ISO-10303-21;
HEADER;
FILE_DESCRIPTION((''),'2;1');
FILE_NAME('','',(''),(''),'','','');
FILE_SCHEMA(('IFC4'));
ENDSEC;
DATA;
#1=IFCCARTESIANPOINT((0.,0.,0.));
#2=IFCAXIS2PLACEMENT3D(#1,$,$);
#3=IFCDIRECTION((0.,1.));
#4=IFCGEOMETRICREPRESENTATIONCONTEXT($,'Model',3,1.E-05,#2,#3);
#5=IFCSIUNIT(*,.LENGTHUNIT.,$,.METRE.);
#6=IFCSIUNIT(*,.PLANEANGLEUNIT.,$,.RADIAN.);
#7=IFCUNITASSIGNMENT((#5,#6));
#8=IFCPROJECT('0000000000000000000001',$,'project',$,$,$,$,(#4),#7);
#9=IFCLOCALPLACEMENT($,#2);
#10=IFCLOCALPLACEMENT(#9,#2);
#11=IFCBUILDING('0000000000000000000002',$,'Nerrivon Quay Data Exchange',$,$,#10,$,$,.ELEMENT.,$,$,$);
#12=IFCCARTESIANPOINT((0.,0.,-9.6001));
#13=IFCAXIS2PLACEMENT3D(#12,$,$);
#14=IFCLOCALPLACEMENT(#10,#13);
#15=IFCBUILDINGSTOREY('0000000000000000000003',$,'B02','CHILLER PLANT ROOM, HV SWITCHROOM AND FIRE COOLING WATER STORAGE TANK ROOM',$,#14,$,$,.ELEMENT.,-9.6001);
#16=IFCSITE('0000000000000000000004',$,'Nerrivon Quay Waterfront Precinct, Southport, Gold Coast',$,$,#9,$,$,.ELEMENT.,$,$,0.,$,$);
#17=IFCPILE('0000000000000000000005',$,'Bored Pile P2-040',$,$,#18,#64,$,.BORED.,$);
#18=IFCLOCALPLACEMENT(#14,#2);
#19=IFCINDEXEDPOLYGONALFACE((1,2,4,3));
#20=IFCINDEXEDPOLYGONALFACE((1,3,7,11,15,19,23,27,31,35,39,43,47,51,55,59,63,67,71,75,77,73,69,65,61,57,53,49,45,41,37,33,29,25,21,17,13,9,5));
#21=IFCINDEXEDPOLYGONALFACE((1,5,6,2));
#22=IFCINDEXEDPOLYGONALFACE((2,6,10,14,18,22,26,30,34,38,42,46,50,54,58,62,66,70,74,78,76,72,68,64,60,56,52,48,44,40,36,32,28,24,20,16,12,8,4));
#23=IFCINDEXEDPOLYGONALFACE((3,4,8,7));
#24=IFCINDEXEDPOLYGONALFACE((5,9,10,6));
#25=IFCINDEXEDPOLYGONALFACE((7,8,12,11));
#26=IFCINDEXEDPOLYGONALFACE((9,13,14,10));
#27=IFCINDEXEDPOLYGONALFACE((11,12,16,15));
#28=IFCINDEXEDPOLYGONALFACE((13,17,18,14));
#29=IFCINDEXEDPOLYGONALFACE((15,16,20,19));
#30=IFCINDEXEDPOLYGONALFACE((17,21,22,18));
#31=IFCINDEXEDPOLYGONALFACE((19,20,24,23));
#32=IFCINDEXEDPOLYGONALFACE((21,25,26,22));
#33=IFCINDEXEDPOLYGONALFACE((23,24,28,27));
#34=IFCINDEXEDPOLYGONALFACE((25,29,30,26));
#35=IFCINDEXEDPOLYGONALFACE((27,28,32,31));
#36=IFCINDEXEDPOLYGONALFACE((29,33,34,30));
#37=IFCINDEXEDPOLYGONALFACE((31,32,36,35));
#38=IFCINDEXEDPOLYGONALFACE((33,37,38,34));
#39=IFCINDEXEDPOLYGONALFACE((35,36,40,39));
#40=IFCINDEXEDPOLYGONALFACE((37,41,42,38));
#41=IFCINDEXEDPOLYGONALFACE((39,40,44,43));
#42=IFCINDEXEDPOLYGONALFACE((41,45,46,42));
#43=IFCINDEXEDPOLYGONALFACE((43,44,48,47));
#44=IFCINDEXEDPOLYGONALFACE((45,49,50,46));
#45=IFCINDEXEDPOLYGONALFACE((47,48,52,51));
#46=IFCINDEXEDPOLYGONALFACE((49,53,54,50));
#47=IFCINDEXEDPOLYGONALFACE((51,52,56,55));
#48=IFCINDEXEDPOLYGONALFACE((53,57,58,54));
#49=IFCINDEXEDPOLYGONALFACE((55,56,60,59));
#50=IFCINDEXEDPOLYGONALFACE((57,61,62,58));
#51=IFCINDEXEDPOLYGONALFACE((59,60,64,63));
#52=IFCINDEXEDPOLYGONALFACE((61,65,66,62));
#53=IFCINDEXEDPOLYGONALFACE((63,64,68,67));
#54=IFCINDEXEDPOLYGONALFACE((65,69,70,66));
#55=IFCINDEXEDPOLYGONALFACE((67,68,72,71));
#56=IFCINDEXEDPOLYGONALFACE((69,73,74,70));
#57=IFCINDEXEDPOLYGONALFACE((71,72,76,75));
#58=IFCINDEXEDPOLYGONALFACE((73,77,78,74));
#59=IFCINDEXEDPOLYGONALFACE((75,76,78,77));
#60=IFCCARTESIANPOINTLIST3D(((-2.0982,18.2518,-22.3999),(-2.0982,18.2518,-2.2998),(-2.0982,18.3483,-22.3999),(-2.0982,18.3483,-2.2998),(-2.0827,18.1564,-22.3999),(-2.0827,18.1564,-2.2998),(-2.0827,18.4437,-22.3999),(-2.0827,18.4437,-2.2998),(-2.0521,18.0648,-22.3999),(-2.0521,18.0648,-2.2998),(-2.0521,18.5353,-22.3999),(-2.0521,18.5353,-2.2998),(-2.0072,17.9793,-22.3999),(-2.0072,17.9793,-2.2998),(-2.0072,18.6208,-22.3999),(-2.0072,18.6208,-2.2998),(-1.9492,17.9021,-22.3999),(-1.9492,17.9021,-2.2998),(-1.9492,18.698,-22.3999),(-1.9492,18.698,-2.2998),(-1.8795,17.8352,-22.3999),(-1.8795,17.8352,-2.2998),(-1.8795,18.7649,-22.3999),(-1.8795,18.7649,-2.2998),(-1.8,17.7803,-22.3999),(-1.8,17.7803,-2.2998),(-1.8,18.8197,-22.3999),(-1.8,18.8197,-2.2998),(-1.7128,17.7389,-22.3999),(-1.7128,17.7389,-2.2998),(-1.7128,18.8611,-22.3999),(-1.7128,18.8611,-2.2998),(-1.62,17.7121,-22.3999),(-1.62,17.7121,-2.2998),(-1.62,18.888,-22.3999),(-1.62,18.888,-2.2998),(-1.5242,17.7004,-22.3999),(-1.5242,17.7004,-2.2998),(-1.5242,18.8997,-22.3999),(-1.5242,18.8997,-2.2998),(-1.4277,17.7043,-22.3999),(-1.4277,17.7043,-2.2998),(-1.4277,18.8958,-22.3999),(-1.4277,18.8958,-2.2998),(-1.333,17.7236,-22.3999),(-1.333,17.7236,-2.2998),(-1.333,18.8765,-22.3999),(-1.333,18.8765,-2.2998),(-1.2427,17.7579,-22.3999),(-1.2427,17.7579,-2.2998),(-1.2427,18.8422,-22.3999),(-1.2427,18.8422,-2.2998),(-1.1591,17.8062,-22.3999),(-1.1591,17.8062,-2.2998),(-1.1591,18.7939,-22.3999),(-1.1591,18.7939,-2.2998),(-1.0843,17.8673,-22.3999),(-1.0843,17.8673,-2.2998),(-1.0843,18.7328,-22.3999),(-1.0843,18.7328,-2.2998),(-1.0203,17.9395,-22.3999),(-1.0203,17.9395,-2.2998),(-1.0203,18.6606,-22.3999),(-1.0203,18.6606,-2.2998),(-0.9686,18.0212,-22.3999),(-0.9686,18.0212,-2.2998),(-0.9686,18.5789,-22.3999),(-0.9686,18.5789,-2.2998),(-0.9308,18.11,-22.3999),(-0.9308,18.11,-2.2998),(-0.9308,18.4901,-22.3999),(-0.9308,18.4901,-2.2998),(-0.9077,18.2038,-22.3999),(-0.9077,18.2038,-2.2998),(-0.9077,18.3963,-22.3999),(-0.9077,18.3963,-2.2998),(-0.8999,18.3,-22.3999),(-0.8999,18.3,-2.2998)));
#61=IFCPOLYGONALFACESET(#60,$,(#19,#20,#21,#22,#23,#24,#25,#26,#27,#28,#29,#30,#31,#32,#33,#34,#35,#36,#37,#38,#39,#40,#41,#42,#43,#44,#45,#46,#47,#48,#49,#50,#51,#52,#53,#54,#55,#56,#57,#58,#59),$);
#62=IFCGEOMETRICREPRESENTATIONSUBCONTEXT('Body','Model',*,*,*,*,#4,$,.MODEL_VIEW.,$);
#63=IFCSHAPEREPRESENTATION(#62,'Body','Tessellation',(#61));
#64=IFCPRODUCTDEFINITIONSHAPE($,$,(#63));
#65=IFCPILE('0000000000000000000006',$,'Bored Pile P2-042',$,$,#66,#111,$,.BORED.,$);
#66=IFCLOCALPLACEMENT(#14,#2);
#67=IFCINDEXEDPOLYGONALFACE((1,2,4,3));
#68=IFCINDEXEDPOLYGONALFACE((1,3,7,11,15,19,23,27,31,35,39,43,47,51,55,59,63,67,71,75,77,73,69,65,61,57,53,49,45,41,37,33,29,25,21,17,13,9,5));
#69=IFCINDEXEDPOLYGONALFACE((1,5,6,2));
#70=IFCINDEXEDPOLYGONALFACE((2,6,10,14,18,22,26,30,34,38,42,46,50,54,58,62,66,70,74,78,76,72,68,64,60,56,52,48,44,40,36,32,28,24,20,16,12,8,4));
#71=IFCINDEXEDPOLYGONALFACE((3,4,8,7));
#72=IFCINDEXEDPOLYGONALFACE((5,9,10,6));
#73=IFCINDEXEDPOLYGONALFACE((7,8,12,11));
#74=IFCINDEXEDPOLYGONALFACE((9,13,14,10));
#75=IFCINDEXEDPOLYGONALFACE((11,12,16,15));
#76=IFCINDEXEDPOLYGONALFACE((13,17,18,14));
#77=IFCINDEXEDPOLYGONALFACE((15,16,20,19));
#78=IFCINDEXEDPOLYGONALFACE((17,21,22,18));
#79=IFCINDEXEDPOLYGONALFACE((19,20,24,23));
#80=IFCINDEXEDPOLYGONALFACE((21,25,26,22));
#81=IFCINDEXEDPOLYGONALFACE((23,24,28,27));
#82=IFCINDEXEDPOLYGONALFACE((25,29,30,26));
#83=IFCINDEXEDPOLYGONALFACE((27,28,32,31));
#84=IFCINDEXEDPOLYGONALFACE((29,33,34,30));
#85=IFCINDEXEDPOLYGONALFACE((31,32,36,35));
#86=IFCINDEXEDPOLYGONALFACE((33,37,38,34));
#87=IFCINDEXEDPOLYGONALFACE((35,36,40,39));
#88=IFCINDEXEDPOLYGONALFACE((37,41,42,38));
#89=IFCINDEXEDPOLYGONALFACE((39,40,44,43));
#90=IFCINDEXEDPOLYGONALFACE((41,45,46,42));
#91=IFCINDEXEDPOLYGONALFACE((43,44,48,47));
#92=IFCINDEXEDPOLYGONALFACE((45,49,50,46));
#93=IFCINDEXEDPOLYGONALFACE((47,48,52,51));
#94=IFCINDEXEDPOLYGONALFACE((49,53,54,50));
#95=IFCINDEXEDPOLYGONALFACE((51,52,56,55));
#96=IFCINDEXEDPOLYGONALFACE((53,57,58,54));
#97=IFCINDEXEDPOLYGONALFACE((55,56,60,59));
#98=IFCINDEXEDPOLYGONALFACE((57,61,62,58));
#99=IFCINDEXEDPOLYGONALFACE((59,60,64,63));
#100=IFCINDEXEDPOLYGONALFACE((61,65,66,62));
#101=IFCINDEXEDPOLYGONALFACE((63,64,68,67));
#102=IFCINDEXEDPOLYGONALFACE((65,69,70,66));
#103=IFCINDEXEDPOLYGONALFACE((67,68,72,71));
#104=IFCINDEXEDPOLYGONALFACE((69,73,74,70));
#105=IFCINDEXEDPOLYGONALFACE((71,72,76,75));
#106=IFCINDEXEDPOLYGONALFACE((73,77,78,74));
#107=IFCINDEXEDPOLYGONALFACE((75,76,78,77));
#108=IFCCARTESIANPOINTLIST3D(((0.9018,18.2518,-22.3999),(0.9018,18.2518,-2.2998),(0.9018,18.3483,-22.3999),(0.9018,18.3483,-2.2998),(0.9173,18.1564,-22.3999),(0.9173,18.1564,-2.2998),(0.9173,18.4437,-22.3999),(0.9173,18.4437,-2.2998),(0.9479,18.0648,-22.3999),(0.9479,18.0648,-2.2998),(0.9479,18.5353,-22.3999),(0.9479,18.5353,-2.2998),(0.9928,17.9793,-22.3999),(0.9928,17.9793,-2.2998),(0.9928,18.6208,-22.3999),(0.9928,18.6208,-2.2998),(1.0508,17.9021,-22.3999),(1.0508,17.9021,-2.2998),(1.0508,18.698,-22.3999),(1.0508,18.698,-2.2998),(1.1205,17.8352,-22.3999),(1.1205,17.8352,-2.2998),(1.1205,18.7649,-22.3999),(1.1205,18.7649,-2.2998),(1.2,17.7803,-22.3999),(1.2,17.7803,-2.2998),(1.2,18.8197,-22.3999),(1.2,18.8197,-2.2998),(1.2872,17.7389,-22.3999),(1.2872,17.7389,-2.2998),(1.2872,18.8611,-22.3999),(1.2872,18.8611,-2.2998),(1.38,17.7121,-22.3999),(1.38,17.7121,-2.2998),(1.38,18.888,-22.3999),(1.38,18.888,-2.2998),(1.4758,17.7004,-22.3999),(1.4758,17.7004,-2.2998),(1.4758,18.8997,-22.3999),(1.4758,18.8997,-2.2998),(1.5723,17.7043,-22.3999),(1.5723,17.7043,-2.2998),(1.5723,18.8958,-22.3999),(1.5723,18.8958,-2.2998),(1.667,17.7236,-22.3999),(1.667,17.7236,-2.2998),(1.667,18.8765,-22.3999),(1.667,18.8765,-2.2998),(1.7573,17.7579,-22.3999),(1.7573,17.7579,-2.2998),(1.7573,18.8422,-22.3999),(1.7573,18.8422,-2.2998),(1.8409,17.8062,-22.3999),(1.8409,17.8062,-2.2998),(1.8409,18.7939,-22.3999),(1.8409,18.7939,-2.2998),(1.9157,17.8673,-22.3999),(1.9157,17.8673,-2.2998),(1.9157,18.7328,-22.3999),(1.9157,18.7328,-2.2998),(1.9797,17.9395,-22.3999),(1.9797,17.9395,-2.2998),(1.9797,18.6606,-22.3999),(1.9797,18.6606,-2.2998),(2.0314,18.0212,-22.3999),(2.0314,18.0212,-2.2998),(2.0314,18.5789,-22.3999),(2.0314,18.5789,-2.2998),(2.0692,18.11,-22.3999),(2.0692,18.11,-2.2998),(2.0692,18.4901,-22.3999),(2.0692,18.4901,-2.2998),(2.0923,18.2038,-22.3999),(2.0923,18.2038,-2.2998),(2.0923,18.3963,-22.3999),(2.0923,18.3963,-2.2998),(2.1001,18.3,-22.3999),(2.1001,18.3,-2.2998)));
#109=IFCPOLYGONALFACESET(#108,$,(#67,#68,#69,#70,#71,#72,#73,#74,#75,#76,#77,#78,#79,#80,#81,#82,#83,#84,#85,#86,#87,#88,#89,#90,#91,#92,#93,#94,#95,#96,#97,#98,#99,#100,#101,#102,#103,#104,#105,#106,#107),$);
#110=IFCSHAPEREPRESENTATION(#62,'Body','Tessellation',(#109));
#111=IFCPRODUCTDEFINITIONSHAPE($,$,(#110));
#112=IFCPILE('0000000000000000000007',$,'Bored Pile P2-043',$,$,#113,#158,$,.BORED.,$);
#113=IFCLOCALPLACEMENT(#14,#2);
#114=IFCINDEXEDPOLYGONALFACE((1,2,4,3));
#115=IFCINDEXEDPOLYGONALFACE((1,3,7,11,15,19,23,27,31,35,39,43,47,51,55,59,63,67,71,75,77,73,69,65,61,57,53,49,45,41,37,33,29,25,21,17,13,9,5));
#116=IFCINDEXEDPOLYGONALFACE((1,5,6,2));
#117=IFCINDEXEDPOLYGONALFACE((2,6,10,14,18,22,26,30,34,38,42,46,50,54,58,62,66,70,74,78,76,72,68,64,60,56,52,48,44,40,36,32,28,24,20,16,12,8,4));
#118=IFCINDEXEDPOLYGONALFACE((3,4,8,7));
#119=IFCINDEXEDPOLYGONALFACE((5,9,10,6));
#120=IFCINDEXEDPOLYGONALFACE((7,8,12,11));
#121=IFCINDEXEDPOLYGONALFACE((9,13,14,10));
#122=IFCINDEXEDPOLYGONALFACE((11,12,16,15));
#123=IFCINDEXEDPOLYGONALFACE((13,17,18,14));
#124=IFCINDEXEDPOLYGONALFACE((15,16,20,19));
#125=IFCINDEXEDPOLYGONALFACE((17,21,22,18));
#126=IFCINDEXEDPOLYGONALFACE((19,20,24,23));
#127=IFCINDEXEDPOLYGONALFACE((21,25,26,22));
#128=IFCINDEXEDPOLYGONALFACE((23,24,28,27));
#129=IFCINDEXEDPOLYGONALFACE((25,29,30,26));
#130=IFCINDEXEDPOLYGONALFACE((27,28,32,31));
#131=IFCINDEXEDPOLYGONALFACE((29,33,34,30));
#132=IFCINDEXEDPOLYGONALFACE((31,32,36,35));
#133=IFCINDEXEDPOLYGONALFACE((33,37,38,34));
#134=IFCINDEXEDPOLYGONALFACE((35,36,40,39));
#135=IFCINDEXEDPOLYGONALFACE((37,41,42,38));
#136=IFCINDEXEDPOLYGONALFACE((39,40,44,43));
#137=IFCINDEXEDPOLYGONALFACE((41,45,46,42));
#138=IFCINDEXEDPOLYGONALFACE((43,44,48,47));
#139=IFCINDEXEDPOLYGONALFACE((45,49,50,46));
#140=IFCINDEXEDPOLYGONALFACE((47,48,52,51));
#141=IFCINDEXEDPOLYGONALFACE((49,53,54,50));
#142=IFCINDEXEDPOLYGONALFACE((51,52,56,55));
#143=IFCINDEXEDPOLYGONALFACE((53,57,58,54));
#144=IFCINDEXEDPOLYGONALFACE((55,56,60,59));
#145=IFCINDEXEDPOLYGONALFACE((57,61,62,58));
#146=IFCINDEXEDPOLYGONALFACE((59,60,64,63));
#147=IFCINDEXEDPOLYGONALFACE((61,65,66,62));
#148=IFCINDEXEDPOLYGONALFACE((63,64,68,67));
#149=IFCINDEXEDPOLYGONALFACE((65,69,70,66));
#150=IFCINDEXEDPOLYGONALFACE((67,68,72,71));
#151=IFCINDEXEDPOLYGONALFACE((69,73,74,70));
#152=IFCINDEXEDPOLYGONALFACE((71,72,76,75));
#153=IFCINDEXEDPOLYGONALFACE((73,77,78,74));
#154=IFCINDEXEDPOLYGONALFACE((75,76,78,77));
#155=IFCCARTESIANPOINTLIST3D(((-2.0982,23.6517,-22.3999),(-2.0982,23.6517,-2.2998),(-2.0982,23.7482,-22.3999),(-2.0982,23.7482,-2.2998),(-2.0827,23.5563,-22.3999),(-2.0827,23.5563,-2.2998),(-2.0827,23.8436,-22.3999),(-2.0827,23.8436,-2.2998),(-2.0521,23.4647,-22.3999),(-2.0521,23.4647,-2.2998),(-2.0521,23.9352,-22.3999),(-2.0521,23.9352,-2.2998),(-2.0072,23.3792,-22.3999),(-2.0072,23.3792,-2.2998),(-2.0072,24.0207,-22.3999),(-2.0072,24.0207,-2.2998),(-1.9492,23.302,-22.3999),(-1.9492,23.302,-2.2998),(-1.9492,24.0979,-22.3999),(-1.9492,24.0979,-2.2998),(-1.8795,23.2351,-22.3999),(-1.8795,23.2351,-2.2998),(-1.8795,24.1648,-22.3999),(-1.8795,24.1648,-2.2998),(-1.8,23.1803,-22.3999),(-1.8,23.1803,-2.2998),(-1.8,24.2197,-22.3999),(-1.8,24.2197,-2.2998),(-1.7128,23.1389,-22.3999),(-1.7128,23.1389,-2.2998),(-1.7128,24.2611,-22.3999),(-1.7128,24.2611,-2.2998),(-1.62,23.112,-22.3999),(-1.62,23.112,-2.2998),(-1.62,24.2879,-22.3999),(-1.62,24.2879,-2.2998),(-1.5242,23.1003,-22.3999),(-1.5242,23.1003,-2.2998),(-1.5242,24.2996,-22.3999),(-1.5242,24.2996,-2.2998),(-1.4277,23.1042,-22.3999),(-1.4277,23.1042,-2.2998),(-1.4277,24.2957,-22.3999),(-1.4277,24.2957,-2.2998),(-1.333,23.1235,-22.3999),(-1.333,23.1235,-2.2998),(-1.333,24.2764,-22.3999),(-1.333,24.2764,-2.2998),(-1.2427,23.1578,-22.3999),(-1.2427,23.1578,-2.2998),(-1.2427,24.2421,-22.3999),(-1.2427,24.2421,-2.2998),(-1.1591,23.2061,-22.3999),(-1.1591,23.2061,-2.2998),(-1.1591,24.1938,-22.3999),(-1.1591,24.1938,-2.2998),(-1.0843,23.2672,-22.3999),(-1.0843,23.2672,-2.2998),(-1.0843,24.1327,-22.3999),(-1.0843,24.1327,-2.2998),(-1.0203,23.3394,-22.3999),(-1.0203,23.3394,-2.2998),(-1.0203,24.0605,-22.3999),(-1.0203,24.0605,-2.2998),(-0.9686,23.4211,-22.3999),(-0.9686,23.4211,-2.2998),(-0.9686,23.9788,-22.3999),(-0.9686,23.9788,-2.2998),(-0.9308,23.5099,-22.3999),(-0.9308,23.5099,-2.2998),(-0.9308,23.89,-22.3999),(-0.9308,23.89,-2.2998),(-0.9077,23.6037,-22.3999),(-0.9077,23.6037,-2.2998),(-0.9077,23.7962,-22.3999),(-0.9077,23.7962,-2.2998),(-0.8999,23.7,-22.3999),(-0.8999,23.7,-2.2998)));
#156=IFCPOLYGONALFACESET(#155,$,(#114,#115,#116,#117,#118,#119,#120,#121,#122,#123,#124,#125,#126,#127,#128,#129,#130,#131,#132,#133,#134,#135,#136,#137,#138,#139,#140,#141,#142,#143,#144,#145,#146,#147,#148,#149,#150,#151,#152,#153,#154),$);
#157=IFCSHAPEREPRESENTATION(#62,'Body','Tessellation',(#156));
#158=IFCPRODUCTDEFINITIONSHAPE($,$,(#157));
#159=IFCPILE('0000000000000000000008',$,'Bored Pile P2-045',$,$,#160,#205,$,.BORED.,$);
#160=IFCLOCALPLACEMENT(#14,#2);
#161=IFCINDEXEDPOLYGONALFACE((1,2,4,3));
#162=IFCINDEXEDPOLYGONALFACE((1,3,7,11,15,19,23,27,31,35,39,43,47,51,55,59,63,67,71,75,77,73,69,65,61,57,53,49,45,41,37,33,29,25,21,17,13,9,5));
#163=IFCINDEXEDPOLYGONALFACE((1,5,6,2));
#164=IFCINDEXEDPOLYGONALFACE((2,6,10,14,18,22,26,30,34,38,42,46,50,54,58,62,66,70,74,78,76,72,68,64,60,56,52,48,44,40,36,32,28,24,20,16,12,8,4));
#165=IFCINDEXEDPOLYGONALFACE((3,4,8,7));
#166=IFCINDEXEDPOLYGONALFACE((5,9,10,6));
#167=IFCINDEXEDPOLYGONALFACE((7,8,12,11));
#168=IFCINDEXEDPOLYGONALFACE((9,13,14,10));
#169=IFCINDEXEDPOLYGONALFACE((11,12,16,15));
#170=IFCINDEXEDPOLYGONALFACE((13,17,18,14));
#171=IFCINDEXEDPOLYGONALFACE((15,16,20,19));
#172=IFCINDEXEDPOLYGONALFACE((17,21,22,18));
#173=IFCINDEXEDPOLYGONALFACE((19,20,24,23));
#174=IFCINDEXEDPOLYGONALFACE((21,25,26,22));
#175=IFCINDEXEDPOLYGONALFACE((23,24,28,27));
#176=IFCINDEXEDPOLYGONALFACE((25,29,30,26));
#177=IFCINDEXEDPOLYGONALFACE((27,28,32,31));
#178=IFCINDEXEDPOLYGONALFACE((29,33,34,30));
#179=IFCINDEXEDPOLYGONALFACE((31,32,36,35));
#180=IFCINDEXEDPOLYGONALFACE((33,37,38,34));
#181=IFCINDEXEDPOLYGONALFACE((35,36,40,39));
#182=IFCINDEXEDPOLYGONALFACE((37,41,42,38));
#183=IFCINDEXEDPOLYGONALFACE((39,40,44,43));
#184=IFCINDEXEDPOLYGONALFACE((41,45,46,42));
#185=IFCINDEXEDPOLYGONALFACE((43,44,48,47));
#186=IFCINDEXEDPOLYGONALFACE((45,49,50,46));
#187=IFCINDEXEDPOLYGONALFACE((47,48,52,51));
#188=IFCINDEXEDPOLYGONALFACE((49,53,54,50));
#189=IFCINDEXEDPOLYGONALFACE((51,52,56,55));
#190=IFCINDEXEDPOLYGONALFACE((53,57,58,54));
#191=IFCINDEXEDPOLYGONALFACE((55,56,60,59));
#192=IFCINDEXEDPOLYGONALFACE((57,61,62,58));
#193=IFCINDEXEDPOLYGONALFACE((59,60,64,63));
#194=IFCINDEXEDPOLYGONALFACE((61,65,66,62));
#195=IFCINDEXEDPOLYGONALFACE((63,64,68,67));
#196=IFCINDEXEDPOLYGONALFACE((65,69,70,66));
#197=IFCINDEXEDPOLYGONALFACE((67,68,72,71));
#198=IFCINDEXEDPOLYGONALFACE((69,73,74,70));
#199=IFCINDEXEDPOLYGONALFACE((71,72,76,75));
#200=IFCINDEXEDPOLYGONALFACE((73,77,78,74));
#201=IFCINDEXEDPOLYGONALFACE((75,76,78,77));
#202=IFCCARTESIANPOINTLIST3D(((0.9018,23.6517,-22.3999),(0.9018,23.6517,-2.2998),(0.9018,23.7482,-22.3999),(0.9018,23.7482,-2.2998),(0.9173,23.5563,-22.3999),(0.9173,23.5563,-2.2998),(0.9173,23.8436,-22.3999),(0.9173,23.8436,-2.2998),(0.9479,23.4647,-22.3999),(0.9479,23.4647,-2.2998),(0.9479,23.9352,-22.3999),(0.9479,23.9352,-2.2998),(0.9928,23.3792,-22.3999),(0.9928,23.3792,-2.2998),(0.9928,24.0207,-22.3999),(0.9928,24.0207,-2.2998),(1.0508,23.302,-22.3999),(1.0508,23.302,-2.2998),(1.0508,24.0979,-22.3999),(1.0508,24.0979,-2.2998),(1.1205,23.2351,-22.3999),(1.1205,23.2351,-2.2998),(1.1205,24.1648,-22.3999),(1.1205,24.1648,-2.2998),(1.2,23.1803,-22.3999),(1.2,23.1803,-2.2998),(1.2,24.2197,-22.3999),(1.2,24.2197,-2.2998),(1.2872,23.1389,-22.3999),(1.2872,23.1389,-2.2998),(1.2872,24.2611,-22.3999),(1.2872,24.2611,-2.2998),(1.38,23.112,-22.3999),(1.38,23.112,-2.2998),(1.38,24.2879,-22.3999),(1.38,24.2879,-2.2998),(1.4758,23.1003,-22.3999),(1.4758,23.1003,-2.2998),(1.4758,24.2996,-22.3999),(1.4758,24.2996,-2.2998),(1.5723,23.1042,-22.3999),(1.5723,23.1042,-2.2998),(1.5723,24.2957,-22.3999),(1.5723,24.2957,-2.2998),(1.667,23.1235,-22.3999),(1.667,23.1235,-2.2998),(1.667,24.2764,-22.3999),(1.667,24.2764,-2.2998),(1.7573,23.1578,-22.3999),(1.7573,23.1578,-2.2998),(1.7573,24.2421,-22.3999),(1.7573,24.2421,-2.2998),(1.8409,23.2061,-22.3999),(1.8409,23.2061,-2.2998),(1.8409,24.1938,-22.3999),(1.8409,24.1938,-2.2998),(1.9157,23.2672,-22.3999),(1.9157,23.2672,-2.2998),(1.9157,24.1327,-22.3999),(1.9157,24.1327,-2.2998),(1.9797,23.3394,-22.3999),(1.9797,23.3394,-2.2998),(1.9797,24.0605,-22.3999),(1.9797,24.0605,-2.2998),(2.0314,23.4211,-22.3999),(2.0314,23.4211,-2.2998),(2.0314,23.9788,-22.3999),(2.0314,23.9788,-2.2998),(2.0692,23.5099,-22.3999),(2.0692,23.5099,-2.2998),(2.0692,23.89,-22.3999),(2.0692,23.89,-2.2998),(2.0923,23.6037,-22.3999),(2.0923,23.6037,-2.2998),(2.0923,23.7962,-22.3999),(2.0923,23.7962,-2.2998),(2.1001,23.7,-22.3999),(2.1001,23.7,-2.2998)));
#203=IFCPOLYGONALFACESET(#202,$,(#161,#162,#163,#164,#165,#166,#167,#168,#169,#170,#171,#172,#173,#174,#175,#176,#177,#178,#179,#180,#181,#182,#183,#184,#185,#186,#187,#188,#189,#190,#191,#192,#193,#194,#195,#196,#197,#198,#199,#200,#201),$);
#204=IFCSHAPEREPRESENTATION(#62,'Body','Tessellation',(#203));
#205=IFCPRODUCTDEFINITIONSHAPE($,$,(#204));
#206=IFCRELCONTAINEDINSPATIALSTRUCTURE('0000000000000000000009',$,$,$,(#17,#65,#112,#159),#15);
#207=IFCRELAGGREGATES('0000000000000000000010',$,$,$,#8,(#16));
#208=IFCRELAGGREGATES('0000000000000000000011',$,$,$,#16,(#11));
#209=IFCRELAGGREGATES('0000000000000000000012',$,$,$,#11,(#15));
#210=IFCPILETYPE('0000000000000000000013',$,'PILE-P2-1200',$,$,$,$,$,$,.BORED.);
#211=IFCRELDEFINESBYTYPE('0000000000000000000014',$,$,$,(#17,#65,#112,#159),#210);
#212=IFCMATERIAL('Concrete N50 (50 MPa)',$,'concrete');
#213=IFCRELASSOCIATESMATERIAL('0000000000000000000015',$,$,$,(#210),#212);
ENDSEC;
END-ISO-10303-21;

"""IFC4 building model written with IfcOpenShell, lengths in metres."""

from ifc_helpers import new_model, si_unit, direction, frame, origin, origin_2d, place, context, subcontext, project, spatial, circle, extrude, material, material_profile, profile_set, type_object, element, save


model = new_model("IFC4")

# Units and contexts
model_context = context("Model", 3, precision=1e-05, world=origin(), true_north=direction((0.0, 1.0)))
body_context = subcontext(model_context, "Body", "Model", "MODEL_VIEW")
ifc_project = project(units=[si_unit("LENGTHUNIT", "METRE"), si_unit("PLANEANGLEUNIT", "RADIAN")], contexts=[model_context])

# Site, building, storey
site_placement = place(None, origin())
site = spatial("IfcSite", under=ifc_project, at=site_placement, Name="Nerrivon Quay Waterfront Precinct, Southport, Gold Coast", CompositionType="ELEMENT", RefElevation=0.0)
building_placement = place(site_placement, origin())
building = spatial("IfcBuilding", under=site, at=building_placement, Name="Nerrivon Quay Data Exchange", CompositionType="ELEMENT")
storey_placement = place(building_placement, frame((0.0, 0.0, -9.6001)))
storey = spatial("IfcBuildingStorey", under=building, at=storey_placement, Name="B02", Description="CHILLER PLANT ROOM, HV SWITCHROOM AND FIRE COOLING WATER STORAGE TANK ROOM", CompositionType="ELEMENT", Elevation=-9.6001)

# Piles
ifc_material_1 = material(Name="Concrete N50 (50 MPa)", Category="concrete")
ifc_material_profile_1 = material_profile(ifc_material_1, circle(Radius=0.6001, at=origin_2d()), Name="PILE-1200")
ifc_profile_set_1 = profile_set([ifc_material_profile_1], Name="Concrete N50 (50 MPa)")
pile_type = type_object("IfcPileType", Name="PILE-P2-1200", PredefinedType="BORED", material=ifc_profile_set_1)
for number, where, z_axis, x_axis, name in (
    (1, (-1.5, 18.3, -2.2998), (0.0, 0.0, -1.0), (1.0, 0.0, 0.0), "Bored Pile P2-040"),
    (2, (1.5, 18.3, -2.2998), (0.0, 0.0, -1.0), (1.0, 0.0, 0.0), "Bored Pile P2-042"),
    (3, (-1.5, 23.7, -2.2998), (0.0, 0.0, -1.0), (1.0, 0.0, 0.0), "Bored Pile P2-043"),
    (4, (1.5, 23.7, -2.2998), (0.0, 0.0, -1.0), (1.0, 0.0, 0.0), "Bored Pile P2-045"),
):
    element("IfcPile", number, at=place(storey_placement, frame(where, z_axis=z_axis, x_axis=x_axis)), inside=storey, type_object=pile_type, Name=name, PredefinedType="BORED", context=body_context, shape_type="SweptSolid", body=[
        extrude(circle(Radius=0.6001, at=origin_2d()), origin(), (0.0, 0.0, 1.0), 20.1001),
    ])

save(model, "model.ifc")
